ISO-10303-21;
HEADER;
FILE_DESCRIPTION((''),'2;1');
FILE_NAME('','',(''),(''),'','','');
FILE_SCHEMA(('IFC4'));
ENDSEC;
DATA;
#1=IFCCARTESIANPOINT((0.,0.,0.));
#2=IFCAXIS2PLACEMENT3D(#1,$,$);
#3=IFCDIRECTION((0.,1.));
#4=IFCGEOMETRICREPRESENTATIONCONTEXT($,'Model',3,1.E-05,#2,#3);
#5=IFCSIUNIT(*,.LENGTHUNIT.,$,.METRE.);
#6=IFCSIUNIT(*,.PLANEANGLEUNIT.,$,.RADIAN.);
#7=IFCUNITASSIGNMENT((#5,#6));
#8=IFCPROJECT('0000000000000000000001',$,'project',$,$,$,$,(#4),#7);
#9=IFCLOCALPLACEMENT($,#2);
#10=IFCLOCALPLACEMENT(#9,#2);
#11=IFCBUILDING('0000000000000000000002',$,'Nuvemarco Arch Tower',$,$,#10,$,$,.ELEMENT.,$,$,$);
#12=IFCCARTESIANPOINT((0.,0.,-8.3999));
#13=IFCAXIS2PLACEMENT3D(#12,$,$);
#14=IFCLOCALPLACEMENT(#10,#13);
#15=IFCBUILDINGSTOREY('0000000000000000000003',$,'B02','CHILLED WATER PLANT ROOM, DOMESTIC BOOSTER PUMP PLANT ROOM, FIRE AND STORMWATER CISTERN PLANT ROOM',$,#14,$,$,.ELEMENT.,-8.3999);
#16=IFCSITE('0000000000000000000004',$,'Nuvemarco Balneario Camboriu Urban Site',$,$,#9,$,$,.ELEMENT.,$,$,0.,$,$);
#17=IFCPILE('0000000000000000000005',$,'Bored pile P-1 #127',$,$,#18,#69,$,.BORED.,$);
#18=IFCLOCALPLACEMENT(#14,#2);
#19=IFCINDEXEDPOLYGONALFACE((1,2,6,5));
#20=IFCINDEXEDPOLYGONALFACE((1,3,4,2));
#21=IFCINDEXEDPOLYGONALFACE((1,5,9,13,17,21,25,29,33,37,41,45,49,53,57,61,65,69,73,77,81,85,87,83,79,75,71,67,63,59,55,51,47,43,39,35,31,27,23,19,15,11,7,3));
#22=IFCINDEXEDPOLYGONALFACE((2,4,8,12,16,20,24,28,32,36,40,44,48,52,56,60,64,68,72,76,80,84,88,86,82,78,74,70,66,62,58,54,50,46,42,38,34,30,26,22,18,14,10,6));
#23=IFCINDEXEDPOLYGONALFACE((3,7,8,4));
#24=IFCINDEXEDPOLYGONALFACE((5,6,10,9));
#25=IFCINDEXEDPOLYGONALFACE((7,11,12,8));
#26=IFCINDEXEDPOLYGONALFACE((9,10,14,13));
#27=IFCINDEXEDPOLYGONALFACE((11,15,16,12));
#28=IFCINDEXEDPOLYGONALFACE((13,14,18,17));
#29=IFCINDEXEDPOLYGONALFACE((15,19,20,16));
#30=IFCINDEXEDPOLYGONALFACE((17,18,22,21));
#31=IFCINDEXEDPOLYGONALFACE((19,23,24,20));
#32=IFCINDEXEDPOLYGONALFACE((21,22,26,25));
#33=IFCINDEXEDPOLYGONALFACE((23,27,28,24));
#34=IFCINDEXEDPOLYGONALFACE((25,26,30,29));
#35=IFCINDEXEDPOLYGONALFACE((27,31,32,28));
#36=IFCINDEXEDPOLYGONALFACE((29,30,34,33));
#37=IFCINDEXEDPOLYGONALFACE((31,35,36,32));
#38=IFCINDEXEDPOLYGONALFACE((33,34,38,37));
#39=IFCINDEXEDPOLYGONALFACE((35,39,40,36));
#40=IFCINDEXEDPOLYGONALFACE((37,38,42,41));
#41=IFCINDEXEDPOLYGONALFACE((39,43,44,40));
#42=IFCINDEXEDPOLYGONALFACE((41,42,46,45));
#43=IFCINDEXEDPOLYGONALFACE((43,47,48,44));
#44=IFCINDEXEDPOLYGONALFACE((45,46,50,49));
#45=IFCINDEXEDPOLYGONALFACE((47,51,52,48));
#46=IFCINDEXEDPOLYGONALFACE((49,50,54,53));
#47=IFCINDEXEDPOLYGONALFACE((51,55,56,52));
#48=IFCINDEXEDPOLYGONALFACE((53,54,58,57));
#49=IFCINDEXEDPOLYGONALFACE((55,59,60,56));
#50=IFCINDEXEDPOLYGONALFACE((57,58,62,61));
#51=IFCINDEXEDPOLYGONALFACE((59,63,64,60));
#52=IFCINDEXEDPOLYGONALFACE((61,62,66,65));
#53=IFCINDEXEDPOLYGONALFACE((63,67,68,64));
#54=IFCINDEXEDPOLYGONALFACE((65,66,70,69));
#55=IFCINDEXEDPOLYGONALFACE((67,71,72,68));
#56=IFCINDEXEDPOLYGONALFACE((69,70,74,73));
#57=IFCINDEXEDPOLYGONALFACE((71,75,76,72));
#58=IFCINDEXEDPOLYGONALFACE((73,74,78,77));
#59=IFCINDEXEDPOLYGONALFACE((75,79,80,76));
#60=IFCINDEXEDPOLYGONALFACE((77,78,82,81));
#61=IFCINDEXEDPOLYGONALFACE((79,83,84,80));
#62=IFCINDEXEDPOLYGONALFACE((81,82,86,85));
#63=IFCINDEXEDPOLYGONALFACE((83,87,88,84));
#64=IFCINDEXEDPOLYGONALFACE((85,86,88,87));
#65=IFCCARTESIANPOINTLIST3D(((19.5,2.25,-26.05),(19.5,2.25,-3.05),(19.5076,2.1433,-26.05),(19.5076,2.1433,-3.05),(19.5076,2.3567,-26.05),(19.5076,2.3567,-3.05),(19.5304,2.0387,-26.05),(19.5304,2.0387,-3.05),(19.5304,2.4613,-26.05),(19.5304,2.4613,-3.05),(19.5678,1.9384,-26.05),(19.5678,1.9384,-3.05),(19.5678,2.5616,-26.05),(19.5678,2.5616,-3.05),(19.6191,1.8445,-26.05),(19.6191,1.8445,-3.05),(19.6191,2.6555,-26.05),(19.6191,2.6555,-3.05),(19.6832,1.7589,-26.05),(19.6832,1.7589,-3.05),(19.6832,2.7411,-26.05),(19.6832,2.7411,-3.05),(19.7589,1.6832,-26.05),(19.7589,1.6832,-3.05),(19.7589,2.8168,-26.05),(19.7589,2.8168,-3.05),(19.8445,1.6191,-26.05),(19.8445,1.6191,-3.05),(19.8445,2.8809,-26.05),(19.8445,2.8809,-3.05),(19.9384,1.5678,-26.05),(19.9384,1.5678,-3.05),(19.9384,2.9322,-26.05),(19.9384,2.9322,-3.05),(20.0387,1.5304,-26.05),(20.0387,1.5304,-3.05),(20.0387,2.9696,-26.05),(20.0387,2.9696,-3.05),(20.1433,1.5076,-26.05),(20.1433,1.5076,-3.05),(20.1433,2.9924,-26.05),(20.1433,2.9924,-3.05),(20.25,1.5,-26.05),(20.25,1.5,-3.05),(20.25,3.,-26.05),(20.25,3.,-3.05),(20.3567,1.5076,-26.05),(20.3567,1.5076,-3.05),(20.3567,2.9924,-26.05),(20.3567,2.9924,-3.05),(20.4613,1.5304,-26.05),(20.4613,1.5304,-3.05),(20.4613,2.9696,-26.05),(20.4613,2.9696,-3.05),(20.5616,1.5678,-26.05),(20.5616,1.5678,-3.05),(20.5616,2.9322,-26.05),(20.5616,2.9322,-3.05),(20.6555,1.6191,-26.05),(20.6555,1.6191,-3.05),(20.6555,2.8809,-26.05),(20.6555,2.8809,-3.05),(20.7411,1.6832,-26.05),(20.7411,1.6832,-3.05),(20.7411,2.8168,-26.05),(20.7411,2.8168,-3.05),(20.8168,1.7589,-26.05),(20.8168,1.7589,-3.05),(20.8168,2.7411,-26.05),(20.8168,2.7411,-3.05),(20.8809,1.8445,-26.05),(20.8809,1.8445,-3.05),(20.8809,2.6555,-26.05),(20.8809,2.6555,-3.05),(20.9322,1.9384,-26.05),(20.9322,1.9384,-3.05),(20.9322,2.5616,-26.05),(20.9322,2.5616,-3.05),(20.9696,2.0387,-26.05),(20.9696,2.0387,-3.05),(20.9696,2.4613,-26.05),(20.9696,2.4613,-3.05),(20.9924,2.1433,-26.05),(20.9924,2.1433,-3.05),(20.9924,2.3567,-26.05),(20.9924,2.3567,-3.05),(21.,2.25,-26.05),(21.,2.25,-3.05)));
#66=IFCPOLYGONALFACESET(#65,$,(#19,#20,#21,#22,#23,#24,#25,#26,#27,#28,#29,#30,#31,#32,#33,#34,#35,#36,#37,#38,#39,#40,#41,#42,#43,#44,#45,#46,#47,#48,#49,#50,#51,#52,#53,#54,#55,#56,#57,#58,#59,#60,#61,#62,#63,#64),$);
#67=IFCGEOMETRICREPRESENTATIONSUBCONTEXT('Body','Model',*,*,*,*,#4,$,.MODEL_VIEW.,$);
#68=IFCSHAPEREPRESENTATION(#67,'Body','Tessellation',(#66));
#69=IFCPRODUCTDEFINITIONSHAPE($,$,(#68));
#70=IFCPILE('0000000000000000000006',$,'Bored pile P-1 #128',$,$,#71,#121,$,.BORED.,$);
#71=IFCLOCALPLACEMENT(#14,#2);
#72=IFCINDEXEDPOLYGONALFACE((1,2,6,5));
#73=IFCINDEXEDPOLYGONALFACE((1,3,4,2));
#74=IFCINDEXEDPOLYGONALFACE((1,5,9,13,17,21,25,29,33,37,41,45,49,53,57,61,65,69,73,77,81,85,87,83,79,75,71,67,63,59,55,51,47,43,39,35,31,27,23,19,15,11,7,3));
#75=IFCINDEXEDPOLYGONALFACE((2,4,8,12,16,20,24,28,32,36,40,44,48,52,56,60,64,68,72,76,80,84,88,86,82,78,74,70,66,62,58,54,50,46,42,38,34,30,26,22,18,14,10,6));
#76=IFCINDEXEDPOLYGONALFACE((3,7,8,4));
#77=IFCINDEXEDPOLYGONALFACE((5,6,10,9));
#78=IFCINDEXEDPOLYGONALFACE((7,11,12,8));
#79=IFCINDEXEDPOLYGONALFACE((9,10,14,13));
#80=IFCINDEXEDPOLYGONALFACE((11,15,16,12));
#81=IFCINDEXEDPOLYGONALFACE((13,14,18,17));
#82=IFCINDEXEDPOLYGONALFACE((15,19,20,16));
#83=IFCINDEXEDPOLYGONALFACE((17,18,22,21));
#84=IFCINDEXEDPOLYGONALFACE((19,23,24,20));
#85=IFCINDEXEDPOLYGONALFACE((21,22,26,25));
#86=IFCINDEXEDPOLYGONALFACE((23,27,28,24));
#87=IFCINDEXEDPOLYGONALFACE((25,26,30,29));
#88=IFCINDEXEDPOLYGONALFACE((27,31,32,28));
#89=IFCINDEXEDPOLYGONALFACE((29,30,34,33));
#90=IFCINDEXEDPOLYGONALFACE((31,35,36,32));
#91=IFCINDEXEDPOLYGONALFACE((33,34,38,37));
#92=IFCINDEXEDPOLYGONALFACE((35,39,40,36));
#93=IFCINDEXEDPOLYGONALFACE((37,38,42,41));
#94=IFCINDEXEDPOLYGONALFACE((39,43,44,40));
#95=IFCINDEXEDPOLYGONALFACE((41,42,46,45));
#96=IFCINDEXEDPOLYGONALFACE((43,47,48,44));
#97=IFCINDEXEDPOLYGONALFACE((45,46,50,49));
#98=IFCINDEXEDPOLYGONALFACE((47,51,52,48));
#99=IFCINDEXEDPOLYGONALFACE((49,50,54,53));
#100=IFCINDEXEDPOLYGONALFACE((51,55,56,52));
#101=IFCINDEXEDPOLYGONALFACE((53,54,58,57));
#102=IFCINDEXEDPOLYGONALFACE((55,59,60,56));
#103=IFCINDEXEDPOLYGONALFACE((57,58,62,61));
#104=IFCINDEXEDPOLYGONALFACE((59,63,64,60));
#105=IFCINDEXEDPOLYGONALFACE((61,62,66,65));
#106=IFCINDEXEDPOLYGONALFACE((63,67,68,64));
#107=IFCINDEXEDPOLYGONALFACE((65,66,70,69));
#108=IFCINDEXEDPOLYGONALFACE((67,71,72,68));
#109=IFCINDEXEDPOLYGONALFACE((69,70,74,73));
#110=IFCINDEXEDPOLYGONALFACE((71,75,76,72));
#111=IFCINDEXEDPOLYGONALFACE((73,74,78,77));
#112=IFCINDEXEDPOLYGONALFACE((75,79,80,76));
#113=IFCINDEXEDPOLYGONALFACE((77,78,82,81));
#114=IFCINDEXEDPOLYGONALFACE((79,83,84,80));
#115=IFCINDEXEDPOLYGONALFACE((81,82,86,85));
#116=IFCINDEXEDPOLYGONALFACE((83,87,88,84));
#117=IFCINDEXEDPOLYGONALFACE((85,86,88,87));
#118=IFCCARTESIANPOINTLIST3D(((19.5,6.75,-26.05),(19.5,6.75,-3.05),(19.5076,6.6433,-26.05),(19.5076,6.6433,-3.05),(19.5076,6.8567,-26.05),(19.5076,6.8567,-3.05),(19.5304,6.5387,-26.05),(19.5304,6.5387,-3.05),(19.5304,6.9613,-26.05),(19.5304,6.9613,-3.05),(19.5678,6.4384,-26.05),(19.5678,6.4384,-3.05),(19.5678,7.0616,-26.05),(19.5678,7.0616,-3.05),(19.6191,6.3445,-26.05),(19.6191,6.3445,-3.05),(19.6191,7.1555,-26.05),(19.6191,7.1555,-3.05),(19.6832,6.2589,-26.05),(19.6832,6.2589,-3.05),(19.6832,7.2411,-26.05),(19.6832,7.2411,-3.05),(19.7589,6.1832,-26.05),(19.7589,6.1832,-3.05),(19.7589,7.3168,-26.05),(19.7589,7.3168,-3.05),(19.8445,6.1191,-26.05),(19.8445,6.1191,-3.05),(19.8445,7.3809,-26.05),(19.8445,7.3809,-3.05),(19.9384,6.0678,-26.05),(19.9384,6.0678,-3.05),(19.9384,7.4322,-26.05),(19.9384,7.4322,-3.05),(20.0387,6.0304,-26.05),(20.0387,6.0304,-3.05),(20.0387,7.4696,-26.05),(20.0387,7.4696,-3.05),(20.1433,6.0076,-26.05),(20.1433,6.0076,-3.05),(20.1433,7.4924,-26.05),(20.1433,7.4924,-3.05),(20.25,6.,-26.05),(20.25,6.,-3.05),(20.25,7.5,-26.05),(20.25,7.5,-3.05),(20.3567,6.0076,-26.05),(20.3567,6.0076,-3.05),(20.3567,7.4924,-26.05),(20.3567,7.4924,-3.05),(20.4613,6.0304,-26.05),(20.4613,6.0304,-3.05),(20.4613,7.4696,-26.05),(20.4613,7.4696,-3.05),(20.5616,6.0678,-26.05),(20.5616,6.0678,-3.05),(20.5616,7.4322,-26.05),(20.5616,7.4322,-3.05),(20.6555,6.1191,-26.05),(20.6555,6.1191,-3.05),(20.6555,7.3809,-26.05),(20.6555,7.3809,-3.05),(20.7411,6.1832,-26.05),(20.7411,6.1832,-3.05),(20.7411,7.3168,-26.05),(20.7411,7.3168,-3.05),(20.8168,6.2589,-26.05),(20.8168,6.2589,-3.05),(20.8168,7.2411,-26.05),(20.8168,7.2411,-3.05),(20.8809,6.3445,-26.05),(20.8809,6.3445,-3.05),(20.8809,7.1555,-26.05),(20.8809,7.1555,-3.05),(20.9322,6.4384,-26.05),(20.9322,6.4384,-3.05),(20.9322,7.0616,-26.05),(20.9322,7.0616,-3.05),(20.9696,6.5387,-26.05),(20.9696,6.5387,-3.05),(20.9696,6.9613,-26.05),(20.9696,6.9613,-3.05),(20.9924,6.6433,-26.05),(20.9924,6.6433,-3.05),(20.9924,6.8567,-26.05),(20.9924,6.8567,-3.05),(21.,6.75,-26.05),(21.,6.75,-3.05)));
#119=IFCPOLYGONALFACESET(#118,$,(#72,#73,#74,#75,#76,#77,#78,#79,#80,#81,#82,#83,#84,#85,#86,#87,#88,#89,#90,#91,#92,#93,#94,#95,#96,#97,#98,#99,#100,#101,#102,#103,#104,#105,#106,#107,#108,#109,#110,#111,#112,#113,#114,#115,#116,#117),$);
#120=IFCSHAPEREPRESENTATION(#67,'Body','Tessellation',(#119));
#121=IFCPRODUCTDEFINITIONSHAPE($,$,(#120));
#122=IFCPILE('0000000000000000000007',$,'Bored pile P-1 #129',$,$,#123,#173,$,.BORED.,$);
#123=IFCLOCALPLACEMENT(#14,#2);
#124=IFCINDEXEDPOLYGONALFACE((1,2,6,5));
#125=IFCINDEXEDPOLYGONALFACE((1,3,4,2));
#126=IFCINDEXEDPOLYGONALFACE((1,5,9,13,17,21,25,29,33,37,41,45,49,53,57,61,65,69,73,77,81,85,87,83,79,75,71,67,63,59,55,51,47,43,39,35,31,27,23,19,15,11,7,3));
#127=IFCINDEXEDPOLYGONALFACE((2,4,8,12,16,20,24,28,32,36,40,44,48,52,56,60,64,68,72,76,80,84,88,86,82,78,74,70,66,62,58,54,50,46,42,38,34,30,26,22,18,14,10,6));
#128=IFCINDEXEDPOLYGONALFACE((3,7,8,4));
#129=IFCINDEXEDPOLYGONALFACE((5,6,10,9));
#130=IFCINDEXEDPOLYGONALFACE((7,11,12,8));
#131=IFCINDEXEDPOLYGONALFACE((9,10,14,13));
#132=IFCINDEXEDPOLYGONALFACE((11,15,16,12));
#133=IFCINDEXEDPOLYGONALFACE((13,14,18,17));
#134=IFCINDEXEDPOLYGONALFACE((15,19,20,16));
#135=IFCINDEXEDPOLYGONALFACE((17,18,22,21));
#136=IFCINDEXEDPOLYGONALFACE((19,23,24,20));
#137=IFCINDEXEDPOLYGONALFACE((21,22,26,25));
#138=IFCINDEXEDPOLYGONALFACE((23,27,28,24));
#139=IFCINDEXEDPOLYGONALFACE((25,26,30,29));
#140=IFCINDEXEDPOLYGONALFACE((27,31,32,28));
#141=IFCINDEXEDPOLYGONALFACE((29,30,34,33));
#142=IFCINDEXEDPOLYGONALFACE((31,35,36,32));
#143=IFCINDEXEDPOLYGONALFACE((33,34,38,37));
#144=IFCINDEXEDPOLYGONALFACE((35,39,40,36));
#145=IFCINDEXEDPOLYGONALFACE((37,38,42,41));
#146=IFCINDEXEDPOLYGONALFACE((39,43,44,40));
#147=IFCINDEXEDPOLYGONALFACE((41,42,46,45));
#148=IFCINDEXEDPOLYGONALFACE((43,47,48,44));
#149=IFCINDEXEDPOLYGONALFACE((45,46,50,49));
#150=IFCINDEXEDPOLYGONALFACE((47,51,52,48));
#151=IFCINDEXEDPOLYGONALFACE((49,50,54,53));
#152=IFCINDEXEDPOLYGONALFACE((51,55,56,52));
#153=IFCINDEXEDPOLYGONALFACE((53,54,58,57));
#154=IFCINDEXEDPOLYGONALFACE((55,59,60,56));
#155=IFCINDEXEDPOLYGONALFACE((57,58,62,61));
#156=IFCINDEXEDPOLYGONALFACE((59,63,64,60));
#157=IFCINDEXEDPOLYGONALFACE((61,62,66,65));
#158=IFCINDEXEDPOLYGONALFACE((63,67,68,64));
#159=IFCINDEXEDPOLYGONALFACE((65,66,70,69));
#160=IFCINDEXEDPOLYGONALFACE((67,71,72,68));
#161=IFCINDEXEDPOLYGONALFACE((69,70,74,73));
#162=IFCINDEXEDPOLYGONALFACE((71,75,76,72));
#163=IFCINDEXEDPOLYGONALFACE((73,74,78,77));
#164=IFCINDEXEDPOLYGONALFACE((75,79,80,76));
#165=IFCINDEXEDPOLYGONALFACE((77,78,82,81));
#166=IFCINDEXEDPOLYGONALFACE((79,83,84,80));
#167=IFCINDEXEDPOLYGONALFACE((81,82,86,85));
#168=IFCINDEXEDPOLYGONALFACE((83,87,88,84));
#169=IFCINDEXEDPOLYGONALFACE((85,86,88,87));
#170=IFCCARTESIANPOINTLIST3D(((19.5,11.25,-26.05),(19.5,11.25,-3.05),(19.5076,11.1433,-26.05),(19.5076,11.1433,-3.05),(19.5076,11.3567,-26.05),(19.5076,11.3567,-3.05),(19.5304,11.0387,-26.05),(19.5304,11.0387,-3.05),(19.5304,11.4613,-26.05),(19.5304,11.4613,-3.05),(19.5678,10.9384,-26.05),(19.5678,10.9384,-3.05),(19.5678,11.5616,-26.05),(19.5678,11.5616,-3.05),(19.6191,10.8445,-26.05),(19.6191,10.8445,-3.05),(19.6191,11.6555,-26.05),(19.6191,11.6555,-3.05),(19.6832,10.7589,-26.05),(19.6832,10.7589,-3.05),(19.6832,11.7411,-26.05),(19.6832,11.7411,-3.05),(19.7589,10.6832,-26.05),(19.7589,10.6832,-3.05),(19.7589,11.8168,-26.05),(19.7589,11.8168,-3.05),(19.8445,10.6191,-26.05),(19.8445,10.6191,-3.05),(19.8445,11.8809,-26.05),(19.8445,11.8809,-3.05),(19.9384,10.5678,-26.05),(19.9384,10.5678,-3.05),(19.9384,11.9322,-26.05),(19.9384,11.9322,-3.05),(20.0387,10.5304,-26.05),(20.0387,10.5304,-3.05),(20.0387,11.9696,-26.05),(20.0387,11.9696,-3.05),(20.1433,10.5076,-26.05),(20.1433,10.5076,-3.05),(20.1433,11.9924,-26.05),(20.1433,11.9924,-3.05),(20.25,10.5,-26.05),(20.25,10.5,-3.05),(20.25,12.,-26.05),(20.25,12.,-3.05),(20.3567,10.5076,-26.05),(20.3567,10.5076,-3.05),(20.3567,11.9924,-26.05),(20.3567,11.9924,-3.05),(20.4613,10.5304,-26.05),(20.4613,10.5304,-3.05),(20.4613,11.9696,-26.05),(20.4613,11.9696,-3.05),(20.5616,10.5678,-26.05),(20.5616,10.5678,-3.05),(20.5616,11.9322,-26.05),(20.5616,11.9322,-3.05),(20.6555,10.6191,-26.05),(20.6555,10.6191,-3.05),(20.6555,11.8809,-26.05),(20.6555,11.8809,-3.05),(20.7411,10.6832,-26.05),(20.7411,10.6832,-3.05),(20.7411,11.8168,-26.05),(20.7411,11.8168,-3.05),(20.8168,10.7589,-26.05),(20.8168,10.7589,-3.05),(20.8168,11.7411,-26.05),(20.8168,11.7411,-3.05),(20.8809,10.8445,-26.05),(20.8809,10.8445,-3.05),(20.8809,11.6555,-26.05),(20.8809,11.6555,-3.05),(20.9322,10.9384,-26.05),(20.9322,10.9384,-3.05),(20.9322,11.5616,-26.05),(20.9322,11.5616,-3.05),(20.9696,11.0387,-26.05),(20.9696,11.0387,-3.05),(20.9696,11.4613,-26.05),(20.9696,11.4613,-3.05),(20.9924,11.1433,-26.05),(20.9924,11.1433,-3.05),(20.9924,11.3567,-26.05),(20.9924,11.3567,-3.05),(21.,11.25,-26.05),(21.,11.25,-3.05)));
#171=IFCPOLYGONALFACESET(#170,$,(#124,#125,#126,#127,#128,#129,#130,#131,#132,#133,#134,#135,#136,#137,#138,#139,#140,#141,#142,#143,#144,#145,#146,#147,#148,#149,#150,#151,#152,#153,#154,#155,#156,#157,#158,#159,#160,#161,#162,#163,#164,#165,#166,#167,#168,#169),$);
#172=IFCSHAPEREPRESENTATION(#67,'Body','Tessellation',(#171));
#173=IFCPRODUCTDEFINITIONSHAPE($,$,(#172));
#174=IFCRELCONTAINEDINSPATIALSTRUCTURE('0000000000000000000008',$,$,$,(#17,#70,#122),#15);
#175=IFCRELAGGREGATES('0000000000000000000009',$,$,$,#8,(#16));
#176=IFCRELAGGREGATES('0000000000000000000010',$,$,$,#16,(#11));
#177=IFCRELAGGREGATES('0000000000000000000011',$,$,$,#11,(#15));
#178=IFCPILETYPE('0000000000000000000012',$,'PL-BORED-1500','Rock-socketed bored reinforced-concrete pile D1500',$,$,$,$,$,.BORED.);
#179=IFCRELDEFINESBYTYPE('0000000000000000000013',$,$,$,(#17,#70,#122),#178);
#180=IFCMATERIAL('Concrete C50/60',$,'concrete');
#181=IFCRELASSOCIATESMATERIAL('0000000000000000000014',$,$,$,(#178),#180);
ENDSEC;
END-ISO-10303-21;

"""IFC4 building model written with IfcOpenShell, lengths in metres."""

from ifc_helpers import new_model, si_unit, direction, frame, origin, origin_2d, place, context, subcontext, project, spatial, circle, extrude, material, material_profile, profile_set, type_object, element, save


model = new_model("IFC4")

# Units and contexts
model_context = context("Model", 3, precision=1e-05, world=origin(), true_north=direction((0.0, 1.0)))
body_context = subcontext(model_context, "Body", "Model", "MODEL_VIEW")
ifc_project = project(units=[si_unit("LENGTHUNIT", "METRE"), si_unit("PLANEANGLEUNIT", "RADIAN")], contexts=[model_context])

# Site, building, storey
site_placement = place(None, origin())
site = spatial("IfcSite", under=ifc_project, at=site_placement, Name="Nuvemarco Balneario Camboriu Urban Site", CompositionType="ELEMENT", RefElevation=0.0)
building_placement = place(site_placement, origin())
building = spatial("IfcBuilding", under=site, at=building_placement, Name="Nuvemarco Arch Tower", CompositionType="ELEMENT")
storey_placement = place(building_placement, frame((0.0, 0.0, -8.3999)))
storey = spatial("IfcBuildingStorey", under=building, at=storey_placement, Name="B02", Description="CHILLED WATER PLANT ROOM, DOMESTIC BOOSTER PUMP PLANT ROOM, FIRE AND STORMWATER CISTERN PLANT ROOM", CompositionType="ELEMENT", Elevation=-8.3999)

# Piles
ifc_material_1 = material(Name="Concrete C50/60", Category="concrete")
ifc_material_profile_1 = material_profile(ifc_material_1, circle(Radius=0.75, at=origin_2d()), Name="PILE-D1500")
ifc_profile_set_1 = profile_set([ifc_material_profile_1], Name="Concrete C50/60")
pile_type = type_object("IfcPileType", Name="PL-BORED-1500", Description="Rock-socketed bored reinforced-concrete pile D1500", PredefinedType="BORED", material=ifc_profile_set_1)
for number, where, z_axis, x_axis, name in (
    (1, (20.25, 2.25, -3.05), (0.0, 0.0, -1.0), (1.0, 0.0, 0.0), "Bored pile P-1 #127"),
    (2, (20.25, 6.75, -3.05), (0.0, 0.0, -1.0), (1.0, 0.0, 0.0), "Bored pile P-1 #128"),
    (3, (20.25, 11.25, -3.05), (0.0, 0.0, -1.0), (1.0, 0.0, 0.0), "Bored pile P-1 #129"),
):
    element("IfcPile", number, at=place(storey_placement, frame(where, z_axis=z_axis, x_axis=x_axis)), inside=storey, type_object=pile_type, Name=name, PredefinedType="BORED", context=body_context, shape_type="SweptSolid", body=[
        extrude(circle(Radius=0.75, at=origin_2d()), origin(), (0.0, 0.0, 1.0), 23.0),
    ])

save(model, "model.ifc")
